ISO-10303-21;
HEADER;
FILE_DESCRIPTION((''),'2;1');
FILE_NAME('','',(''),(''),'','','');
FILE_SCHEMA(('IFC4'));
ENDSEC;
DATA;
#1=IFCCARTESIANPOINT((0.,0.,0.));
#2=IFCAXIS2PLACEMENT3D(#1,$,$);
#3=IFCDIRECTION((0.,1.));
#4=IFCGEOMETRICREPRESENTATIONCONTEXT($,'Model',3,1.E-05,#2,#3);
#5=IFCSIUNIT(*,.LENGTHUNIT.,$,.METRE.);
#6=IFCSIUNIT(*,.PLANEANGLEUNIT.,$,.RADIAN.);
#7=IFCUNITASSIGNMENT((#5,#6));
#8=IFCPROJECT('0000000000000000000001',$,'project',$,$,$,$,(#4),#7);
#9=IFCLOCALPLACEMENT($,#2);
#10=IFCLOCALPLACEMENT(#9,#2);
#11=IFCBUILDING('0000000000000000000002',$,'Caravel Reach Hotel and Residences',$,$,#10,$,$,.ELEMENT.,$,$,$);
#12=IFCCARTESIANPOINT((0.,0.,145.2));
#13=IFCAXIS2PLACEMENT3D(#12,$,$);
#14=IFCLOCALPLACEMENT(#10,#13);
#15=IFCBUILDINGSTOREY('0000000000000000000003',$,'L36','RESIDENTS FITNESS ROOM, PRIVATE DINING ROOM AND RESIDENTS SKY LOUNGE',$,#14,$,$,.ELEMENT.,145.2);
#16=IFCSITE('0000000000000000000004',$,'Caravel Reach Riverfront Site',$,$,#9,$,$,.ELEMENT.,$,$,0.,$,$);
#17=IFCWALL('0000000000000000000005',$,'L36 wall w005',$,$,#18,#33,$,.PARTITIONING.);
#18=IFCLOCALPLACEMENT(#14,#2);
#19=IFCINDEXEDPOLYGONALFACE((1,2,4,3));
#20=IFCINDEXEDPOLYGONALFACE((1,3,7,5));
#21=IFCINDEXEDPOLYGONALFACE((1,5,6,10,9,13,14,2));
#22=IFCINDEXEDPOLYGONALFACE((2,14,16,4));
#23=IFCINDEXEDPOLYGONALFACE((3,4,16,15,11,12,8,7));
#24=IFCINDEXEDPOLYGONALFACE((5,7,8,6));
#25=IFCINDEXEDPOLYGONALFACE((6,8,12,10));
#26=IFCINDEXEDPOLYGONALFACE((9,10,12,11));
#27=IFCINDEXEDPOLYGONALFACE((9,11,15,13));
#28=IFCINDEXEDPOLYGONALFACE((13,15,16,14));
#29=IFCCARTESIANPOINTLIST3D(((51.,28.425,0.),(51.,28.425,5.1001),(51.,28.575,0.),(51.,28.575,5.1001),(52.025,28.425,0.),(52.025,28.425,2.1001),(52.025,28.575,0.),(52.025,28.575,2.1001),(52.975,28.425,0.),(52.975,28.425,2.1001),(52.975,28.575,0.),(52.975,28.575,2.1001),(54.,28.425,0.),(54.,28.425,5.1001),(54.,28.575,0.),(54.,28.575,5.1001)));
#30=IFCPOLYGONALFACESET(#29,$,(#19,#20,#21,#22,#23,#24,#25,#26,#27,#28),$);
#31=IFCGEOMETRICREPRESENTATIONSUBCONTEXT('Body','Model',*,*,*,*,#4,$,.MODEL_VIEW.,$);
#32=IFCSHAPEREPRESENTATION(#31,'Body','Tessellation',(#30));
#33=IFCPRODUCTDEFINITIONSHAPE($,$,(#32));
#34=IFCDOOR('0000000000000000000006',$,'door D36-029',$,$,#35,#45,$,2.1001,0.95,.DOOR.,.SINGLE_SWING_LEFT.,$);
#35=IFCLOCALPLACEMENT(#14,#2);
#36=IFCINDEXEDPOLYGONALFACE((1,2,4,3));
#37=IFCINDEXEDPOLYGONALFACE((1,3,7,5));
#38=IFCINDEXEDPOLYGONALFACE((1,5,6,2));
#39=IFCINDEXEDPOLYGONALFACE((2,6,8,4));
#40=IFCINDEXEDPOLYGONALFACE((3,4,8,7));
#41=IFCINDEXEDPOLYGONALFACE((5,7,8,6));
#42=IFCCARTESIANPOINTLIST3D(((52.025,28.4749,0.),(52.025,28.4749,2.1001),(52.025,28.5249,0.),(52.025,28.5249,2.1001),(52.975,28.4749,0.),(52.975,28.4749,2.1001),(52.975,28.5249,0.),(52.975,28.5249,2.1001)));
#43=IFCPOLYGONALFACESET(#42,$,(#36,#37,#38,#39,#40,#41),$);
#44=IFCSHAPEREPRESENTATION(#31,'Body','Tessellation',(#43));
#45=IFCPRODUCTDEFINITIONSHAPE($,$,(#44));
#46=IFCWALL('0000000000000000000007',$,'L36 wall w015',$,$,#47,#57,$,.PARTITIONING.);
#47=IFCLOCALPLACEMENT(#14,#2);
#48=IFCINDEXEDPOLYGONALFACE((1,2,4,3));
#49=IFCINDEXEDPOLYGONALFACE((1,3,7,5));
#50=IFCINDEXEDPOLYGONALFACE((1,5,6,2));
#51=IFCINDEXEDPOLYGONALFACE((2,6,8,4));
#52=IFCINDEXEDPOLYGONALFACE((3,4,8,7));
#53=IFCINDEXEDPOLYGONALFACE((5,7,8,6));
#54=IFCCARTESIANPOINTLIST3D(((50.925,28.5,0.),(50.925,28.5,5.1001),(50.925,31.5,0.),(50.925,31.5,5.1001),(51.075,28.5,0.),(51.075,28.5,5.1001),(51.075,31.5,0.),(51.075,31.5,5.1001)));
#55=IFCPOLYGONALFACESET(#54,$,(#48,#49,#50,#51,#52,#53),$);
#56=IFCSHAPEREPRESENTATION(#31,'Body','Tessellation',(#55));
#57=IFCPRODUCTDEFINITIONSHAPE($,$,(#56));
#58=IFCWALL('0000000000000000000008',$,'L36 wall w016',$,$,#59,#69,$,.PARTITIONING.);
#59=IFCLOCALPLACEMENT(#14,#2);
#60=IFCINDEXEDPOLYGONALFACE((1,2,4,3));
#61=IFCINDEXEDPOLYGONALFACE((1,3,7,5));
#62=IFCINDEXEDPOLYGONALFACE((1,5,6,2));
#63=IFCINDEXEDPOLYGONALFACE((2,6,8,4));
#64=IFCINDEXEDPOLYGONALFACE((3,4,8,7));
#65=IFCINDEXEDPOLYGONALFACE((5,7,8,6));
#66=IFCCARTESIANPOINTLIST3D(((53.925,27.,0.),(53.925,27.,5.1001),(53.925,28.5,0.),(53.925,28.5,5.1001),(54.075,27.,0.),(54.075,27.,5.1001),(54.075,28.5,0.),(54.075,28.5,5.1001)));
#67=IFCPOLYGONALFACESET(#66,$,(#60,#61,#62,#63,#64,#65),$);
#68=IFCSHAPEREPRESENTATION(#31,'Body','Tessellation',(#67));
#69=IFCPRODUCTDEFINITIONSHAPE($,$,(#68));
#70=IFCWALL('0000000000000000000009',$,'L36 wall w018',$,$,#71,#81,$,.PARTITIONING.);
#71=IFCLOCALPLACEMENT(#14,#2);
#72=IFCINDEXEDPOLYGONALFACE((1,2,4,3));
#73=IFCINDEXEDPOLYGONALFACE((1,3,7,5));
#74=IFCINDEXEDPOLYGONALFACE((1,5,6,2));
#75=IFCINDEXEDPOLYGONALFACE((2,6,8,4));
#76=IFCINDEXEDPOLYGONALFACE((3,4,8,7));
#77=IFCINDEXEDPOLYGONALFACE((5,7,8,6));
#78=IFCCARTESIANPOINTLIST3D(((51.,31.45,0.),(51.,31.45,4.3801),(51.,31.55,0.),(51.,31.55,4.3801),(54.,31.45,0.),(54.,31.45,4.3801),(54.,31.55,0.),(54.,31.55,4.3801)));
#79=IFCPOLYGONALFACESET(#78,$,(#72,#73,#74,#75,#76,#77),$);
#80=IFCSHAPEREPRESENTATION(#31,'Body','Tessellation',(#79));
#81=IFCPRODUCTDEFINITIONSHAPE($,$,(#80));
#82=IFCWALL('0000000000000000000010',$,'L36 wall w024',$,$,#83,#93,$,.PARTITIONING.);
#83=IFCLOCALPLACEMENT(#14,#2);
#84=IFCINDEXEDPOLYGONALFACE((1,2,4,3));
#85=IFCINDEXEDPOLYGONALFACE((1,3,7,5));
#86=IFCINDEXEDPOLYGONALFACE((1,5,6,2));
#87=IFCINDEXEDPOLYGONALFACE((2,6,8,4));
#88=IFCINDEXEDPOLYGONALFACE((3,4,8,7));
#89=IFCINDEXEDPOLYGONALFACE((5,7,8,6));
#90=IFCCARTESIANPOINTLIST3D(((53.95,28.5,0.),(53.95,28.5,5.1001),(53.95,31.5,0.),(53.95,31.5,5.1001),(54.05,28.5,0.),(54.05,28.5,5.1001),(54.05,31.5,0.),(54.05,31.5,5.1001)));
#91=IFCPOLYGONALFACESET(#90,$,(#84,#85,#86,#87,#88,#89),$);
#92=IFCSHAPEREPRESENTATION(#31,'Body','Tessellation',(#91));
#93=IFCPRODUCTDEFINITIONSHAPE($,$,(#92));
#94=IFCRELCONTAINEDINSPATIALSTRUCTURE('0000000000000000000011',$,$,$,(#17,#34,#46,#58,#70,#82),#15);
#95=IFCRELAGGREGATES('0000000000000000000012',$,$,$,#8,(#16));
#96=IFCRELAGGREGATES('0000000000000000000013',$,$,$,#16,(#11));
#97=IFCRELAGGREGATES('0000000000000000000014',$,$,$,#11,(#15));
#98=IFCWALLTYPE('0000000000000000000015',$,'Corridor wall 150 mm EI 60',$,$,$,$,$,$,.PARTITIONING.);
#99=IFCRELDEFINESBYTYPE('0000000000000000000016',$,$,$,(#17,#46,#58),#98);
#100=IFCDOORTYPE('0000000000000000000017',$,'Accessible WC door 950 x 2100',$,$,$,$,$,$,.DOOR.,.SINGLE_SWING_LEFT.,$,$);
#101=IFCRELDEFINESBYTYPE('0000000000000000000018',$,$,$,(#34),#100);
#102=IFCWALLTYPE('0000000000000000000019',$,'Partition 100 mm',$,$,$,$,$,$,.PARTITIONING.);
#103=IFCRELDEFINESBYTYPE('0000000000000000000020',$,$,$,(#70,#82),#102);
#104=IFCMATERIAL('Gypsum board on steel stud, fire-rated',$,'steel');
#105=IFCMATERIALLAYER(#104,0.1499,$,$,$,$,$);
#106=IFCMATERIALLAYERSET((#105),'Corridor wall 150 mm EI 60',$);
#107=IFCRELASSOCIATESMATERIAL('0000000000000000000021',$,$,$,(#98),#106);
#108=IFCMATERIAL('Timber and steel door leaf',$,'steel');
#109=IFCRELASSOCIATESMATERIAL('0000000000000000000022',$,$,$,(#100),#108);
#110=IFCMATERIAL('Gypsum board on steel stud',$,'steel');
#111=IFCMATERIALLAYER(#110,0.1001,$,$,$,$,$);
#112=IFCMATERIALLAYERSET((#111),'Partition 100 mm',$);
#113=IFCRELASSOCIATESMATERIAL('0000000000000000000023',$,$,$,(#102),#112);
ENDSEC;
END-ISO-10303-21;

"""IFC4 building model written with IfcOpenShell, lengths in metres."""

from ifc_helpers import new_model, si_unit, direction, frame, frame_2d, origin, place, context, subcontext, project, spatial, rectangle, extrude, material, layer, layer_set, type_object, element, fill, save


model = new_model("IFC4")

# Units and contexts
model_context = context("Model", 3, precision=1e-05, world=origin(), true_north=direction((0.0, 1.0)))
body_context = subcontext(model_context, "Body", "Model", "MODEL_VIEW")
ifc_project = project(units=[si_unit("LENGTHUNIT", "METRE"), si_unit("PLANEANGLEUNIT", "RADIAN")], contexts=[model_context])

# Site, building, storey
site_placement = place(None, origin())
site = spatial("IfcSite", under=ifc_project, at=site_placement, Name="Caravel Reach Riverfront Site", CompositionType="ELEMENT", RefElevation=0.0)
building_placement = place(site_placement, origin())
building = spatial("IfcBuilding", under=site, at=building_placement, Name="Caravel Reach Hotel and Residences", CompositionType="ELEMENT")
storey_placement = place(building_placement, frame((0.0, 0.0, 145.2)))
storey = spatial("IfcBuildingStorey", under=building, at=storey_placement, Name="L36", Description="RESIDENTS FITNESS ROOM, PRIVATE DINING ROOM AND RESIDENTS SKY LOUNGE", CompositionType="ELEMENT", Elevation=145.2)

# Wall, opening, door
ifc_material_1 = material(Name="Gypsum board on steel stud, fire-rated", Category="steel")
ifc_layer_1 = layer(ifc_material_1, 0.1499)
ifc_layer_set_1 = layer_set([ifc_layer_1], Name="Corridor wall 150 mm EI 60")
wall_type_1 = type_object("IfcWallType", Name="Corridor wall 150 mm EI 60", PredefinedType="PARTITIONING", material=ifc_layer_set_1)
wall_1_placement = place(storey_placement, frame((51.0, 28.5, 0.0), z_axis=(0.0, 0.0, 1.0), x_axis=(1.0, 0.0, 0.0)))
wall_1 = element("IfcWall", 1, at=wall_1_placement, inside=storey, type_object=wall_type_1, Name="L36 wall w005", PredefinedType="PARTITIONING", context=body_context, shape_type="SweptSolid", body=[
    extrude(rectangle(XDim=3.0, YDim=0.1499, at=frame_2d((1.5, 0.0))), origin(), (0.0, 0.0, 1.0), 5.1001),
])
opening_placement = place(wall_1_placement, frame((1.0249, 0.0, 0.0)))
opening = element("IfcOpeningElement", 2, at=opening_placement, cuts=wall_1, PredefinedType="OPENING", context=body_context, shape_type="SweptSolid", body=[
    extrude(rectangle(XDim=0.95, YDim=2.1001, at=frame_2d((0.4751, 1.05))), frame((0.0, 0.085, 0.0), z_axis=(0.0, -1.0, 0.0), x_axis=(1.0, 0.0, 0.0)), (0.0, 0.0, 1.0), 0.1699),
])
ifc_material_2 = material(Name="Timber and steel door leaf", Category="steel")
door_type = type_object("IfcDoorType", Name="Accessible WC door 950 x 2100", OperationType="SINGLE_SWING_LEFT", PredefinedType="DOOR", material=ifc_material_2)
door_placement = place(opening_placement, origin())
door = element("IfcDoor", 3, at=door_placement, inside=storey, type_object=door_type, Name="door D36-029", OperationType="SINGLE_SWING_LEFT", OverallHeight=2.1001, OverallWidth=0.95, PredefinedType="DOOR", context=body_context, shape_type="SweptSolid", body=[
    extrude(rectangle(XDim=0.95, YDim=2.1001, at=frame_2d((0.4751, 1.05))), frame((0.0, 0.0249, 0.0), z_axis=(0.0, -1.0, 0.0), x_axis=(1.0, 0.0, 0.0)), (0.0, 0.0, 1.0), 0.05),
])
fill(opening, door)

# Walls
wall_2_placement = place(storey_placement, frame((51.0, 28.5, 0.0), z_axis=(0.0, 0.0, 1.0), x_axis=(0.0, 1.0, 0.0)))
element("IfcWall", 4, at=wall_2_placement, inside=storey, type_object=wall_type_1, Name="L36 wall w015", PredefinedType="PARTITIONING", context=body_context, shape_type="SweptSolid", body=[
    extrude(rectangle(XDim=3.0, YDim=0.1499, at=frame_2d((1.5, 0.0))), origin(), (0.0, 0.0, 1.0), 5.1001),
])
wall_3_placement = place(storey_placement, frame((54.0, 27.0, 0.0), z_axis=(0.0, 0.0, 1.0), x_axis=(0.0, 1.0, 0.0)))
element("IfcWall", 5, at=wall_3_placement, inside=storey, type_object=wall_type_1, Name="L36 wall w016", PredefinedType="PARTITIONING", context=body_context, shape_type="SweptSolid", body=[
    extrude(rectangle(XDim=1.5, YDim=0.1499, at=frame_2d((0.75, 0.0))), origin(), (0.0, 0.0, 1.0), 5.1001),
])
ifc_material_3 = material(Name="Gypsum board on steel stud", Category="steel")
ifc_layer_2 = layer(ifc_material_3, 0.1001)
ifc_layer_set_2 = layer_set([ifc_layer_2], Name="Partition 100 mm")
wall_type_2 = type_object("IfcWallType", Name="Partition 100 mm", PredefinedType="PARTITIONING", material=ifc_layer_set_2)
wall_4_placement = place(storey_placement, frame((51.0, 31.5, 0.0), z_axis=(0.0, 0.0, 1.0), x_axis=(1.0, 0.0, 0.0)))
element("IfcWall", 6, at=wall_4_placement, inside=storey, type_object=wall_type_2, Name="L36 wall w018", PredefinedType="PARTITIONING", context=body_context, shape_type="SweptSolid", body=[
    extrude(rectangle(XDim=3.0, YDim=0.1001, at=frame_2d((1.5, 0.0))), origin(), (0.0, 0.0, 1.0), 4.3801),
])
wall_5_placement = place(storey_placement, frame((54.0, 28.5, 0.0), z_axis=(0.0, 0.0, 1.0), x_axis=(0.0, 1.0, 0.0)))
element("IfcWall", 7, at=wall_5_placement, inside=storey, type_object=wall_type_2, Name="L36 wall w024", PredefinedType="PARTITIONING", context=body_context, shape_type="SweptSolid", body=[
    extrude(rectangle(XDim=3.0, YDim=0.1001, at=frame_2d((1.5, 0.0))), origin(), (0.0, 0.0, 1.0), 5.1001),
])

save(model, "model.ifc")
